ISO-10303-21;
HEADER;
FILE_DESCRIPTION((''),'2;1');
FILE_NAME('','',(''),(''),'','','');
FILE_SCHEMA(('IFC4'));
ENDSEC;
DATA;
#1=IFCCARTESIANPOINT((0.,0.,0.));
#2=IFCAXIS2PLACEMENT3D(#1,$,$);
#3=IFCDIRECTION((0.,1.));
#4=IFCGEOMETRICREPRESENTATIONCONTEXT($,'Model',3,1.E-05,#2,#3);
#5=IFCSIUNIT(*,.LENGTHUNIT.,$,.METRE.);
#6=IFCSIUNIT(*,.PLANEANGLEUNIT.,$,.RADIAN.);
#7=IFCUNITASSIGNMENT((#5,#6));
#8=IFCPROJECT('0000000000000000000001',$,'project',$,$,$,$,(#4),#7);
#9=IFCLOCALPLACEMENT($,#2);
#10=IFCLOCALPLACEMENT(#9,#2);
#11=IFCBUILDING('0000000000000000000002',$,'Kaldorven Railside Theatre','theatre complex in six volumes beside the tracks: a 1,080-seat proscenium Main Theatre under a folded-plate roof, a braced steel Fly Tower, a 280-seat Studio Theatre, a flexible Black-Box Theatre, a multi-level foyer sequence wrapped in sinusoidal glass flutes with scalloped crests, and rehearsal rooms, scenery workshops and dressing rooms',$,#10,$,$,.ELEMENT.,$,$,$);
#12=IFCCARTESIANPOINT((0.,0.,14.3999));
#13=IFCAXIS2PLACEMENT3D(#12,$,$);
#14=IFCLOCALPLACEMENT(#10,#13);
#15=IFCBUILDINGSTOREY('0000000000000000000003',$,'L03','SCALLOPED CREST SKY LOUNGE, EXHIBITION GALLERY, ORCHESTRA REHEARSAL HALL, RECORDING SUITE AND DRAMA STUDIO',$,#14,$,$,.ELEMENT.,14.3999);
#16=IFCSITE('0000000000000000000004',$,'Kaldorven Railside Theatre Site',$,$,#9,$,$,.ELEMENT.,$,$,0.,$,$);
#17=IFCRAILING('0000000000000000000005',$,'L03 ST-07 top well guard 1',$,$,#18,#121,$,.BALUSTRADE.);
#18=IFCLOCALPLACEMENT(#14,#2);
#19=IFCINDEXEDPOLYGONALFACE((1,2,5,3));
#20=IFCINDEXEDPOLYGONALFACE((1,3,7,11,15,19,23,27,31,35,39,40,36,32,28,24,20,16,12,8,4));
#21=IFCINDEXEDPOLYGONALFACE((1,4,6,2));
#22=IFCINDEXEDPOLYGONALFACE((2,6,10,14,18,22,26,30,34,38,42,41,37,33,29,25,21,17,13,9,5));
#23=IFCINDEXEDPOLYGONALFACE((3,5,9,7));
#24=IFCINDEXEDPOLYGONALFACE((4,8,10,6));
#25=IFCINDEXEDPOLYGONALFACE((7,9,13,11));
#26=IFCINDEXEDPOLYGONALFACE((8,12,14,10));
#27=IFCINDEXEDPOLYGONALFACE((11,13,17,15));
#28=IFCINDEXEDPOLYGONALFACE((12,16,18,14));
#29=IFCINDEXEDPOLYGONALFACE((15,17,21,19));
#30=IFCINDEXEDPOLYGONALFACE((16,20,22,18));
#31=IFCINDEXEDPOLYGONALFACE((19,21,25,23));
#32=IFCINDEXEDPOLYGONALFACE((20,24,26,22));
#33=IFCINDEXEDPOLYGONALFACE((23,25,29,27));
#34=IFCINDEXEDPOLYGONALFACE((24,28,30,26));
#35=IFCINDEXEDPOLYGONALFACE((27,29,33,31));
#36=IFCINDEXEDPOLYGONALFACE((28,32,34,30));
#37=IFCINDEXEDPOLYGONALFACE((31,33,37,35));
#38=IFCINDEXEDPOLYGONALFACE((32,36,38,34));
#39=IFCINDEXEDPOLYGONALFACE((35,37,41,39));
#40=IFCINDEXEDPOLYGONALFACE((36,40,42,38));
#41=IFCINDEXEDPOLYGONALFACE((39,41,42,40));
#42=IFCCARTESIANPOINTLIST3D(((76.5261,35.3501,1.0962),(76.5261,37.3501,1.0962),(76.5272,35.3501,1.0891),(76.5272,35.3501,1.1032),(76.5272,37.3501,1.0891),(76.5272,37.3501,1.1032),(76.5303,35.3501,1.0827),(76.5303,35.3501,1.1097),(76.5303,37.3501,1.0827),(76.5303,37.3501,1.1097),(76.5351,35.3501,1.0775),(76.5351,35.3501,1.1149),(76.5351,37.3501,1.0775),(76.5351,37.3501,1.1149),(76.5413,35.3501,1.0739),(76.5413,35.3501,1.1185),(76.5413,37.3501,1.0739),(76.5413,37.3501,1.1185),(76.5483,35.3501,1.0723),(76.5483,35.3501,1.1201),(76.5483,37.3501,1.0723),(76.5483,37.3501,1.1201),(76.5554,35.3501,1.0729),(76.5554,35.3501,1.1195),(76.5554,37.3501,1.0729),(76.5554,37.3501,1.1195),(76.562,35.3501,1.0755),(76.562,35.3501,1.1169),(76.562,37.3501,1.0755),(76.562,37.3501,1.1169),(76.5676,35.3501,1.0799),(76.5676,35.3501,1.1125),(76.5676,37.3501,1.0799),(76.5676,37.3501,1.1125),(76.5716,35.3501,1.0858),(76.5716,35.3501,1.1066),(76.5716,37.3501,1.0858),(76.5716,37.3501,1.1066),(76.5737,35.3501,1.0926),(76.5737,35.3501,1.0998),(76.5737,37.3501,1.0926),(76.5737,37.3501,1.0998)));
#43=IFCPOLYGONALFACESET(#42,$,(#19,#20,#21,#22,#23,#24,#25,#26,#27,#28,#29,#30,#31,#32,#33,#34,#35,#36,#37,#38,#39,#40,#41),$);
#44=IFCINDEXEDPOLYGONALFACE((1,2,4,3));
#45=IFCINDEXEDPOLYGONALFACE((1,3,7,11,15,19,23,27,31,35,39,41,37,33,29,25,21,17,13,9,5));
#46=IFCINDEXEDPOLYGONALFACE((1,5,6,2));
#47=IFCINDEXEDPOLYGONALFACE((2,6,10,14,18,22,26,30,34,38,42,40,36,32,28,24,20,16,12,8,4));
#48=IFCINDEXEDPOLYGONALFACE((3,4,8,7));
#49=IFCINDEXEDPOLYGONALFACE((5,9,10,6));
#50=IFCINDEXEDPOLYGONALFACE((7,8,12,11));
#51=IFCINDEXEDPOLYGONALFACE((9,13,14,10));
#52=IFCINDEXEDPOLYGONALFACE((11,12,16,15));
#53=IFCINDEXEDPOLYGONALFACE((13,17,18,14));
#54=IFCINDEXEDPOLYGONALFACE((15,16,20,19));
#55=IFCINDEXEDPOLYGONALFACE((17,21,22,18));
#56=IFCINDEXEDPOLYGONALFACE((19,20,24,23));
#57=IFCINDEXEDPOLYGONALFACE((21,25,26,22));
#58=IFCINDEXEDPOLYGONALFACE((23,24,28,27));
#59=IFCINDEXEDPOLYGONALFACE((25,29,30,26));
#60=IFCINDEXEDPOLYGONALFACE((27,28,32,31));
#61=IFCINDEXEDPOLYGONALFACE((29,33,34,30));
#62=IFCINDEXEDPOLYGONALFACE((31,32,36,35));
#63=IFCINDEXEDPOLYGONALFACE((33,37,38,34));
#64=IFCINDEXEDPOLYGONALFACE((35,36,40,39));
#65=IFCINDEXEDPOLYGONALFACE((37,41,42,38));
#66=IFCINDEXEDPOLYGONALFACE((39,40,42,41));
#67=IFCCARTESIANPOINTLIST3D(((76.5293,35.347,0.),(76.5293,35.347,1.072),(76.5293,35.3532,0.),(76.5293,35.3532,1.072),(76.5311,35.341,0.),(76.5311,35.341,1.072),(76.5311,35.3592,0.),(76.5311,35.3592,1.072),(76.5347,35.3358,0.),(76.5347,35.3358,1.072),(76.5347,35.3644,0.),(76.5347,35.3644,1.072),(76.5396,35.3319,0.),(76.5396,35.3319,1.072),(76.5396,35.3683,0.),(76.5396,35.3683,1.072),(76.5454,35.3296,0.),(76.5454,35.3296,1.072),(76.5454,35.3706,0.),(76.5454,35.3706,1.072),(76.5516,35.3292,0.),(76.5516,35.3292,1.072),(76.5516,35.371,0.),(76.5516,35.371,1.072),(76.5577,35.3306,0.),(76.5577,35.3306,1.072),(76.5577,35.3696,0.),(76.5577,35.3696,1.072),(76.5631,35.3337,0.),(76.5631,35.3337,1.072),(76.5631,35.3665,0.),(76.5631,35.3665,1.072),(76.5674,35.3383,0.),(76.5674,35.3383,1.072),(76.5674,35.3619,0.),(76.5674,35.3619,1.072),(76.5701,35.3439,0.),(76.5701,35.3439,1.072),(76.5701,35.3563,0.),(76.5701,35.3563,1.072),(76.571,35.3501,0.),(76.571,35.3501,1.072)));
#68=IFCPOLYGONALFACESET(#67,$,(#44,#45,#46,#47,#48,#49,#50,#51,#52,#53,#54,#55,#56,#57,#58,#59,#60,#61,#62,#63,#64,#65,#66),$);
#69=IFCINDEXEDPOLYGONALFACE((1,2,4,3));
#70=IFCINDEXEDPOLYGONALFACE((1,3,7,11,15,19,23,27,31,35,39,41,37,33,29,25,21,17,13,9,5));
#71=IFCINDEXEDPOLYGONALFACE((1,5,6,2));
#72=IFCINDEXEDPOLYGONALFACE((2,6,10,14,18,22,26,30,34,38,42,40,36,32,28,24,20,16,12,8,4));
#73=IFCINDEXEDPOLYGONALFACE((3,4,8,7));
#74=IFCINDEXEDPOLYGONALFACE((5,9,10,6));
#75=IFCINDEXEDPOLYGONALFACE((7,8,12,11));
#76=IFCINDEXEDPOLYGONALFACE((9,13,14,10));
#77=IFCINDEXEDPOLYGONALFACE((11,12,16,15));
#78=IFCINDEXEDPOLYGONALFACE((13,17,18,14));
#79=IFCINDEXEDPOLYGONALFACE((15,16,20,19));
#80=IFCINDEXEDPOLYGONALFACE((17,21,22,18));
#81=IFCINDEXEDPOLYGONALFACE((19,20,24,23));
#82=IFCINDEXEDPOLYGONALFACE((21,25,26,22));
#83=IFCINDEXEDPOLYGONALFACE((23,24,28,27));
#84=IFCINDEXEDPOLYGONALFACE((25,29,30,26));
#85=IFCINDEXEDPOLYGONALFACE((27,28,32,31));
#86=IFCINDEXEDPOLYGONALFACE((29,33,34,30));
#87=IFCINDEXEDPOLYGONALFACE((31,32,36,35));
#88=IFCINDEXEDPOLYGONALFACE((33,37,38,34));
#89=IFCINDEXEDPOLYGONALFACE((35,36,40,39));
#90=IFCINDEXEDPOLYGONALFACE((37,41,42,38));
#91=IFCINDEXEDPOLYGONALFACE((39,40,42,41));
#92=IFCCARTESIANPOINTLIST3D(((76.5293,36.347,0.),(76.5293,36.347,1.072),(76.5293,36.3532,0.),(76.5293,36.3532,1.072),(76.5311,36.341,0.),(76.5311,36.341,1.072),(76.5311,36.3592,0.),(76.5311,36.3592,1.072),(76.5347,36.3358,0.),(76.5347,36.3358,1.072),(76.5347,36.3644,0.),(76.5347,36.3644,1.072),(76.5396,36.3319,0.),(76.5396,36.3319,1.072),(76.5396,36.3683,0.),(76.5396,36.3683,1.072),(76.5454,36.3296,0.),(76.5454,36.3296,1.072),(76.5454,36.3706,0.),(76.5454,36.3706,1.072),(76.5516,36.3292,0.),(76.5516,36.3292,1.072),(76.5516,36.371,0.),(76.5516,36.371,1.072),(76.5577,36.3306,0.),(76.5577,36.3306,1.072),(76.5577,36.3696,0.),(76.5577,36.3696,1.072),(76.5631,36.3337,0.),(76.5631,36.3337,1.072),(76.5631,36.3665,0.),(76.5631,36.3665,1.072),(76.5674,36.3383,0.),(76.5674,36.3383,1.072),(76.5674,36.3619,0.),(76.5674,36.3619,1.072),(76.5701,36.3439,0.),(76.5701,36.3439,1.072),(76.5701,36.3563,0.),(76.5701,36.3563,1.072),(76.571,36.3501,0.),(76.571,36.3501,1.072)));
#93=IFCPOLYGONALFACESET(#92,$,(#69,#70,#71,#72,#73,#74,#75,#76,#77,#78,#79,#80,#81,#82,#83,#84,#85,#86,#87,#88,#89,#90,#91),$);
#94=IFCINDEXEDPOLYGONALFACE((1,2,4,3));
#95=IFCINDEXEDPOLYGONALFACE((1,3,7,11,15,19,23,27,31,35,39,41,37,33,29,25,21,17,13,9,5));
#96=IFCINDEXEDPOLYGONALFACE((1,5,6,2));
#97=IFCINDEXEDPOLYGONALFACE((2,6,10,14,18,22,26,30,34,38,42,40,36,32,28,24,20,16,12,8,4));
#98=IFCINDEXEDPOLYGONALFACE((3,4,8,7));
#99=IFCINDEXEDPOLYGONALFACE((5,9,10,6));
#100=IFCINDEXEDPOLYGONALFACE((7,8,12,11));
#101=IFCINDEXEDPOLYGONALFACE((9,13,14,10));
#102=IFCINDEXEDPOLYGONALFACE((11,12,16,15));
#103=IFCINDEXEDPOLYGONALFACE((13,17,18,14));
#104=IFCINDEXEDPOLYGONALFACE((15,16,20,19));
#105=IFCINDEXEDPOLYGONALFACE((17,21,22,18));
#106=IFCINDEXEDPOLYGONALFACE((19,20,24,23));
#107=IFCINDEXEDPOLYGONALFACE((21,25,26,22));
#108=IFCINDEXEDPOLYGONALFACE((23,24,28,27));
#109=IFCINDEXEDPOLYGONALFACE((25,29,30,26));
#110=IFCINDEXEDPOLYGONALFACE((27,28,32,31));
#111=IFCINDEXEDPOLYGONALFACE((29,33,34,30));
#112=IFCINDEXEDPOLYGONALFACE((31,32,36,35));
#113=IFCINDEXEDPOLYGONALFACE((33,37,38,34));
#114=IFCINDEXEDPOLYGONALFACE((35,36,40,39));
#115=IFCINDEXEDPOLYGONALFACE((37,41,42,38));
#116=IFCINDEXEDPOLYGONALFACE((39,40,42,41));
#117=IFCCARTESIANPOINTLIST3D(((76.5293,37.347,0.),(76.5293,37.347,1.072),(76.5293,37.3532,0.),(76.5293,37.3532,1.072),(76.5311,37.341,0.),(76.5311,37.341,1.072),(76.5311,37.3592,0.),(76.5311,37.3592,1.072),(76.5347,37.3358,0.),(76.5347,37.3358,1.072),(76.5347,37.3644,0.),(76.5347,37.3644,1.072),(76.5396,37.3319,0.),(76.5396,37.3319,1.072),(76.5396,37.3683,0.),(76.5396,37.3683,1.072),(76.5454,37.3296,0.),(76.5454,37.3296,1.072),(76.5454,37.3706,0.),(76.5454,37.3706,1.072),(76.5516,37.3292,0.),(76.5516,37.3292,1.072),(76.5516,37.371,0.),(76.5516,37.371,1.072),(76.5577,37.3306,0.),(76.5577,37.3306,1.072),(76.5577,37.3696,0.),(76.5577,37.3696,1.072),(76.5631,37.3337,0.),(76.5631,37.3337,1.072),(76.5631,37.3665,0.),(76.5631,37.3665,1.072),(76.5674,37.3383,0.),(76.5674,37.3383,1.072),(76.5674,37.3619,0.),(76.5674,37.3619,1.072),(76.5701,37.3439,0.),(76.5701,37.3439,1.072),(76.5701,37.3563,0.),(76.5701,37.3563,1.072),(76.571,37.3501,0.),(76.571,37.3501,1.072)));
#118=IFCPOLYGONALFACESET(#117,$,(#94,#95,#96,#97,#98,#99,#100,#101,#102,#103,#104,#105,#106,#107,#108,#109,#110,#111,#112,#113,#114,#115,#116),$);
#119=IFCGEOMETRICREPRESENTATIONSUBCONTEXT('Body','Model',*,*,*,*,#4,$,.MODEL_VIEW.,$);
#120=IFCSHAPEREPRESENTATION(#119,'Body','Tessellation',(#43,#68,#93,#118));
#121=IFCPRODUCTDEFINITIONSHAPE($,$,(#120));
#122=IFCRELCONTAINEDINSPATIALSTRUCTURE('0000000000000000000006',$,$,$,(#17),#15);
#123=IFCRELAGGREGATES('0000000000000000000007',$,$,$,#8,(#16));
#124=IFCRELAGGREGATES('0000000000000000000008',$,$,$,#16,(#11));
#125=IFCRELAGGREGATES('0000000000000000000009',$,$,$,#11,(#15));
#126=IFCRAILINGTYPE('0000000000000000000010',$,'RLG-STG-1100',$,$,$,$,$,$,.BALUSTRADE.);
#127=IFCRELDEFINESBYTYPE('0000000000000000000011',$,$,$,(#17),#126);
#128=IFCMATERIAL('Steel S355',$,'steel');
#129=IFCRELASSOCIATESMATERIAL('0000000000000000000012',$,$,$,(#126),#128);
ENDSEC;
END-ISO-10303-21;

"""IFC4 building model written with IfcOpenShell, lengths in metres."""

from ifc_helpers import new_model, si_unit, direction, frame, origin, origin_2d, place, context, subcontext, project, spatial, circle, extrude, material, type_object, element, save


model = new_model("IFC4")

# Units and contexts
model_context = context("Model", 3, precision=1e-05, world=origin(), true_north=direction((0.0, 1.0)))
body_context = subcontext(model_context, "Body", "Model", "MODEL_VIEW")
ifc_project = project(units=[si_unit("LENGTHUNIT", "METRE"), si_unit("PLANEANGLEUNIT", "RADIAN")], contexts=[model_context])

# Site, building, storey
site_placement = place(None, origin())
site = spatial("IfcSite", under=ifc_project, at=site_placement, Name="Kaldorven Railside Theatre Site", CompositionType="ELEMENT", RefElevation=0.0)
building_placement = place(site_placement, origin())
building = spatial("IfcBuilding", under=site, at=building_placement, Name="Kaldorven Railside Theatre", Description="theatre complex in six volumes beside the tracks: a 1,080-seat proscenium Main Theatre under a folded-plate roof, a braced steel Fly Tower, a 280-seat Studio Theatre, a flexible Black-Box Theatre, a multi-level foyer sequence wrapped in sinusoidal glass flutes with scalloped crests, and rehearsal rooms, scenery workshops and dressing rooms", CompositionType="ELEMENT")
storey_placement = place(building_placement, frame((0.0, 0.0, 14.3999)))
storey = spatial("IfcBuildingStorey", under=building, at=storey_placement, Name="L03", Description="SCALLOPED CREST SKY LOUNGE, EXHIBITION GALLERY, ORCHESTRA REHEARSAL HALL, RECORDING SUITE AND DRAMA STUDIO", CompositionType="ELEMENT", Elevation=14.3999)

# Shared definitions
ifc_material_1 = material(Name="Steel S355", Category="steel")

# Railing
railing_type = type_object("IfcRailingType", Name="RLG-STG-1100", PredefinedType="BALUSTRADE", material=ifc_material_1)
railing_placement = place(storey_placement, frame((76.55, 35.3501, 0.0)))
element("IfcRailing", 1, at=railing_placement, inside=storey, type_object=railing_type, Name="L03 ST-07 top well guard 1", PredefinedType="BALUSTRADE", context=body_context, shape_type="SweptSolid", body=[
    extrude(circle(Radius=0.0239, at=origin_2d()), frame((0.0, 0.0, 1.0962), z_axis=(0.0, 1.0, 0.0), x_axis=(-1.0, 0.0, 0.0)), (0.0, 0.0, 1.0), 2.0),
    extrude(circle(Radius=0.021, at=origin_2d()), origin(), (0.0, 0.0, 1.0), 1.072),
    extrude(circle(Radius=0.021, at=origin_2d()), frame((0.0, 1.0, 0.0)), (0.0, 0.0, 1.0), 1.072),
    extrude(circle(Radius=0.021, at=origin_2d()), frame((0.0, 2.0, 0.0)), (0.0, 0.0, 1.0), 1.072),
])

save(model, "model.ifc")
